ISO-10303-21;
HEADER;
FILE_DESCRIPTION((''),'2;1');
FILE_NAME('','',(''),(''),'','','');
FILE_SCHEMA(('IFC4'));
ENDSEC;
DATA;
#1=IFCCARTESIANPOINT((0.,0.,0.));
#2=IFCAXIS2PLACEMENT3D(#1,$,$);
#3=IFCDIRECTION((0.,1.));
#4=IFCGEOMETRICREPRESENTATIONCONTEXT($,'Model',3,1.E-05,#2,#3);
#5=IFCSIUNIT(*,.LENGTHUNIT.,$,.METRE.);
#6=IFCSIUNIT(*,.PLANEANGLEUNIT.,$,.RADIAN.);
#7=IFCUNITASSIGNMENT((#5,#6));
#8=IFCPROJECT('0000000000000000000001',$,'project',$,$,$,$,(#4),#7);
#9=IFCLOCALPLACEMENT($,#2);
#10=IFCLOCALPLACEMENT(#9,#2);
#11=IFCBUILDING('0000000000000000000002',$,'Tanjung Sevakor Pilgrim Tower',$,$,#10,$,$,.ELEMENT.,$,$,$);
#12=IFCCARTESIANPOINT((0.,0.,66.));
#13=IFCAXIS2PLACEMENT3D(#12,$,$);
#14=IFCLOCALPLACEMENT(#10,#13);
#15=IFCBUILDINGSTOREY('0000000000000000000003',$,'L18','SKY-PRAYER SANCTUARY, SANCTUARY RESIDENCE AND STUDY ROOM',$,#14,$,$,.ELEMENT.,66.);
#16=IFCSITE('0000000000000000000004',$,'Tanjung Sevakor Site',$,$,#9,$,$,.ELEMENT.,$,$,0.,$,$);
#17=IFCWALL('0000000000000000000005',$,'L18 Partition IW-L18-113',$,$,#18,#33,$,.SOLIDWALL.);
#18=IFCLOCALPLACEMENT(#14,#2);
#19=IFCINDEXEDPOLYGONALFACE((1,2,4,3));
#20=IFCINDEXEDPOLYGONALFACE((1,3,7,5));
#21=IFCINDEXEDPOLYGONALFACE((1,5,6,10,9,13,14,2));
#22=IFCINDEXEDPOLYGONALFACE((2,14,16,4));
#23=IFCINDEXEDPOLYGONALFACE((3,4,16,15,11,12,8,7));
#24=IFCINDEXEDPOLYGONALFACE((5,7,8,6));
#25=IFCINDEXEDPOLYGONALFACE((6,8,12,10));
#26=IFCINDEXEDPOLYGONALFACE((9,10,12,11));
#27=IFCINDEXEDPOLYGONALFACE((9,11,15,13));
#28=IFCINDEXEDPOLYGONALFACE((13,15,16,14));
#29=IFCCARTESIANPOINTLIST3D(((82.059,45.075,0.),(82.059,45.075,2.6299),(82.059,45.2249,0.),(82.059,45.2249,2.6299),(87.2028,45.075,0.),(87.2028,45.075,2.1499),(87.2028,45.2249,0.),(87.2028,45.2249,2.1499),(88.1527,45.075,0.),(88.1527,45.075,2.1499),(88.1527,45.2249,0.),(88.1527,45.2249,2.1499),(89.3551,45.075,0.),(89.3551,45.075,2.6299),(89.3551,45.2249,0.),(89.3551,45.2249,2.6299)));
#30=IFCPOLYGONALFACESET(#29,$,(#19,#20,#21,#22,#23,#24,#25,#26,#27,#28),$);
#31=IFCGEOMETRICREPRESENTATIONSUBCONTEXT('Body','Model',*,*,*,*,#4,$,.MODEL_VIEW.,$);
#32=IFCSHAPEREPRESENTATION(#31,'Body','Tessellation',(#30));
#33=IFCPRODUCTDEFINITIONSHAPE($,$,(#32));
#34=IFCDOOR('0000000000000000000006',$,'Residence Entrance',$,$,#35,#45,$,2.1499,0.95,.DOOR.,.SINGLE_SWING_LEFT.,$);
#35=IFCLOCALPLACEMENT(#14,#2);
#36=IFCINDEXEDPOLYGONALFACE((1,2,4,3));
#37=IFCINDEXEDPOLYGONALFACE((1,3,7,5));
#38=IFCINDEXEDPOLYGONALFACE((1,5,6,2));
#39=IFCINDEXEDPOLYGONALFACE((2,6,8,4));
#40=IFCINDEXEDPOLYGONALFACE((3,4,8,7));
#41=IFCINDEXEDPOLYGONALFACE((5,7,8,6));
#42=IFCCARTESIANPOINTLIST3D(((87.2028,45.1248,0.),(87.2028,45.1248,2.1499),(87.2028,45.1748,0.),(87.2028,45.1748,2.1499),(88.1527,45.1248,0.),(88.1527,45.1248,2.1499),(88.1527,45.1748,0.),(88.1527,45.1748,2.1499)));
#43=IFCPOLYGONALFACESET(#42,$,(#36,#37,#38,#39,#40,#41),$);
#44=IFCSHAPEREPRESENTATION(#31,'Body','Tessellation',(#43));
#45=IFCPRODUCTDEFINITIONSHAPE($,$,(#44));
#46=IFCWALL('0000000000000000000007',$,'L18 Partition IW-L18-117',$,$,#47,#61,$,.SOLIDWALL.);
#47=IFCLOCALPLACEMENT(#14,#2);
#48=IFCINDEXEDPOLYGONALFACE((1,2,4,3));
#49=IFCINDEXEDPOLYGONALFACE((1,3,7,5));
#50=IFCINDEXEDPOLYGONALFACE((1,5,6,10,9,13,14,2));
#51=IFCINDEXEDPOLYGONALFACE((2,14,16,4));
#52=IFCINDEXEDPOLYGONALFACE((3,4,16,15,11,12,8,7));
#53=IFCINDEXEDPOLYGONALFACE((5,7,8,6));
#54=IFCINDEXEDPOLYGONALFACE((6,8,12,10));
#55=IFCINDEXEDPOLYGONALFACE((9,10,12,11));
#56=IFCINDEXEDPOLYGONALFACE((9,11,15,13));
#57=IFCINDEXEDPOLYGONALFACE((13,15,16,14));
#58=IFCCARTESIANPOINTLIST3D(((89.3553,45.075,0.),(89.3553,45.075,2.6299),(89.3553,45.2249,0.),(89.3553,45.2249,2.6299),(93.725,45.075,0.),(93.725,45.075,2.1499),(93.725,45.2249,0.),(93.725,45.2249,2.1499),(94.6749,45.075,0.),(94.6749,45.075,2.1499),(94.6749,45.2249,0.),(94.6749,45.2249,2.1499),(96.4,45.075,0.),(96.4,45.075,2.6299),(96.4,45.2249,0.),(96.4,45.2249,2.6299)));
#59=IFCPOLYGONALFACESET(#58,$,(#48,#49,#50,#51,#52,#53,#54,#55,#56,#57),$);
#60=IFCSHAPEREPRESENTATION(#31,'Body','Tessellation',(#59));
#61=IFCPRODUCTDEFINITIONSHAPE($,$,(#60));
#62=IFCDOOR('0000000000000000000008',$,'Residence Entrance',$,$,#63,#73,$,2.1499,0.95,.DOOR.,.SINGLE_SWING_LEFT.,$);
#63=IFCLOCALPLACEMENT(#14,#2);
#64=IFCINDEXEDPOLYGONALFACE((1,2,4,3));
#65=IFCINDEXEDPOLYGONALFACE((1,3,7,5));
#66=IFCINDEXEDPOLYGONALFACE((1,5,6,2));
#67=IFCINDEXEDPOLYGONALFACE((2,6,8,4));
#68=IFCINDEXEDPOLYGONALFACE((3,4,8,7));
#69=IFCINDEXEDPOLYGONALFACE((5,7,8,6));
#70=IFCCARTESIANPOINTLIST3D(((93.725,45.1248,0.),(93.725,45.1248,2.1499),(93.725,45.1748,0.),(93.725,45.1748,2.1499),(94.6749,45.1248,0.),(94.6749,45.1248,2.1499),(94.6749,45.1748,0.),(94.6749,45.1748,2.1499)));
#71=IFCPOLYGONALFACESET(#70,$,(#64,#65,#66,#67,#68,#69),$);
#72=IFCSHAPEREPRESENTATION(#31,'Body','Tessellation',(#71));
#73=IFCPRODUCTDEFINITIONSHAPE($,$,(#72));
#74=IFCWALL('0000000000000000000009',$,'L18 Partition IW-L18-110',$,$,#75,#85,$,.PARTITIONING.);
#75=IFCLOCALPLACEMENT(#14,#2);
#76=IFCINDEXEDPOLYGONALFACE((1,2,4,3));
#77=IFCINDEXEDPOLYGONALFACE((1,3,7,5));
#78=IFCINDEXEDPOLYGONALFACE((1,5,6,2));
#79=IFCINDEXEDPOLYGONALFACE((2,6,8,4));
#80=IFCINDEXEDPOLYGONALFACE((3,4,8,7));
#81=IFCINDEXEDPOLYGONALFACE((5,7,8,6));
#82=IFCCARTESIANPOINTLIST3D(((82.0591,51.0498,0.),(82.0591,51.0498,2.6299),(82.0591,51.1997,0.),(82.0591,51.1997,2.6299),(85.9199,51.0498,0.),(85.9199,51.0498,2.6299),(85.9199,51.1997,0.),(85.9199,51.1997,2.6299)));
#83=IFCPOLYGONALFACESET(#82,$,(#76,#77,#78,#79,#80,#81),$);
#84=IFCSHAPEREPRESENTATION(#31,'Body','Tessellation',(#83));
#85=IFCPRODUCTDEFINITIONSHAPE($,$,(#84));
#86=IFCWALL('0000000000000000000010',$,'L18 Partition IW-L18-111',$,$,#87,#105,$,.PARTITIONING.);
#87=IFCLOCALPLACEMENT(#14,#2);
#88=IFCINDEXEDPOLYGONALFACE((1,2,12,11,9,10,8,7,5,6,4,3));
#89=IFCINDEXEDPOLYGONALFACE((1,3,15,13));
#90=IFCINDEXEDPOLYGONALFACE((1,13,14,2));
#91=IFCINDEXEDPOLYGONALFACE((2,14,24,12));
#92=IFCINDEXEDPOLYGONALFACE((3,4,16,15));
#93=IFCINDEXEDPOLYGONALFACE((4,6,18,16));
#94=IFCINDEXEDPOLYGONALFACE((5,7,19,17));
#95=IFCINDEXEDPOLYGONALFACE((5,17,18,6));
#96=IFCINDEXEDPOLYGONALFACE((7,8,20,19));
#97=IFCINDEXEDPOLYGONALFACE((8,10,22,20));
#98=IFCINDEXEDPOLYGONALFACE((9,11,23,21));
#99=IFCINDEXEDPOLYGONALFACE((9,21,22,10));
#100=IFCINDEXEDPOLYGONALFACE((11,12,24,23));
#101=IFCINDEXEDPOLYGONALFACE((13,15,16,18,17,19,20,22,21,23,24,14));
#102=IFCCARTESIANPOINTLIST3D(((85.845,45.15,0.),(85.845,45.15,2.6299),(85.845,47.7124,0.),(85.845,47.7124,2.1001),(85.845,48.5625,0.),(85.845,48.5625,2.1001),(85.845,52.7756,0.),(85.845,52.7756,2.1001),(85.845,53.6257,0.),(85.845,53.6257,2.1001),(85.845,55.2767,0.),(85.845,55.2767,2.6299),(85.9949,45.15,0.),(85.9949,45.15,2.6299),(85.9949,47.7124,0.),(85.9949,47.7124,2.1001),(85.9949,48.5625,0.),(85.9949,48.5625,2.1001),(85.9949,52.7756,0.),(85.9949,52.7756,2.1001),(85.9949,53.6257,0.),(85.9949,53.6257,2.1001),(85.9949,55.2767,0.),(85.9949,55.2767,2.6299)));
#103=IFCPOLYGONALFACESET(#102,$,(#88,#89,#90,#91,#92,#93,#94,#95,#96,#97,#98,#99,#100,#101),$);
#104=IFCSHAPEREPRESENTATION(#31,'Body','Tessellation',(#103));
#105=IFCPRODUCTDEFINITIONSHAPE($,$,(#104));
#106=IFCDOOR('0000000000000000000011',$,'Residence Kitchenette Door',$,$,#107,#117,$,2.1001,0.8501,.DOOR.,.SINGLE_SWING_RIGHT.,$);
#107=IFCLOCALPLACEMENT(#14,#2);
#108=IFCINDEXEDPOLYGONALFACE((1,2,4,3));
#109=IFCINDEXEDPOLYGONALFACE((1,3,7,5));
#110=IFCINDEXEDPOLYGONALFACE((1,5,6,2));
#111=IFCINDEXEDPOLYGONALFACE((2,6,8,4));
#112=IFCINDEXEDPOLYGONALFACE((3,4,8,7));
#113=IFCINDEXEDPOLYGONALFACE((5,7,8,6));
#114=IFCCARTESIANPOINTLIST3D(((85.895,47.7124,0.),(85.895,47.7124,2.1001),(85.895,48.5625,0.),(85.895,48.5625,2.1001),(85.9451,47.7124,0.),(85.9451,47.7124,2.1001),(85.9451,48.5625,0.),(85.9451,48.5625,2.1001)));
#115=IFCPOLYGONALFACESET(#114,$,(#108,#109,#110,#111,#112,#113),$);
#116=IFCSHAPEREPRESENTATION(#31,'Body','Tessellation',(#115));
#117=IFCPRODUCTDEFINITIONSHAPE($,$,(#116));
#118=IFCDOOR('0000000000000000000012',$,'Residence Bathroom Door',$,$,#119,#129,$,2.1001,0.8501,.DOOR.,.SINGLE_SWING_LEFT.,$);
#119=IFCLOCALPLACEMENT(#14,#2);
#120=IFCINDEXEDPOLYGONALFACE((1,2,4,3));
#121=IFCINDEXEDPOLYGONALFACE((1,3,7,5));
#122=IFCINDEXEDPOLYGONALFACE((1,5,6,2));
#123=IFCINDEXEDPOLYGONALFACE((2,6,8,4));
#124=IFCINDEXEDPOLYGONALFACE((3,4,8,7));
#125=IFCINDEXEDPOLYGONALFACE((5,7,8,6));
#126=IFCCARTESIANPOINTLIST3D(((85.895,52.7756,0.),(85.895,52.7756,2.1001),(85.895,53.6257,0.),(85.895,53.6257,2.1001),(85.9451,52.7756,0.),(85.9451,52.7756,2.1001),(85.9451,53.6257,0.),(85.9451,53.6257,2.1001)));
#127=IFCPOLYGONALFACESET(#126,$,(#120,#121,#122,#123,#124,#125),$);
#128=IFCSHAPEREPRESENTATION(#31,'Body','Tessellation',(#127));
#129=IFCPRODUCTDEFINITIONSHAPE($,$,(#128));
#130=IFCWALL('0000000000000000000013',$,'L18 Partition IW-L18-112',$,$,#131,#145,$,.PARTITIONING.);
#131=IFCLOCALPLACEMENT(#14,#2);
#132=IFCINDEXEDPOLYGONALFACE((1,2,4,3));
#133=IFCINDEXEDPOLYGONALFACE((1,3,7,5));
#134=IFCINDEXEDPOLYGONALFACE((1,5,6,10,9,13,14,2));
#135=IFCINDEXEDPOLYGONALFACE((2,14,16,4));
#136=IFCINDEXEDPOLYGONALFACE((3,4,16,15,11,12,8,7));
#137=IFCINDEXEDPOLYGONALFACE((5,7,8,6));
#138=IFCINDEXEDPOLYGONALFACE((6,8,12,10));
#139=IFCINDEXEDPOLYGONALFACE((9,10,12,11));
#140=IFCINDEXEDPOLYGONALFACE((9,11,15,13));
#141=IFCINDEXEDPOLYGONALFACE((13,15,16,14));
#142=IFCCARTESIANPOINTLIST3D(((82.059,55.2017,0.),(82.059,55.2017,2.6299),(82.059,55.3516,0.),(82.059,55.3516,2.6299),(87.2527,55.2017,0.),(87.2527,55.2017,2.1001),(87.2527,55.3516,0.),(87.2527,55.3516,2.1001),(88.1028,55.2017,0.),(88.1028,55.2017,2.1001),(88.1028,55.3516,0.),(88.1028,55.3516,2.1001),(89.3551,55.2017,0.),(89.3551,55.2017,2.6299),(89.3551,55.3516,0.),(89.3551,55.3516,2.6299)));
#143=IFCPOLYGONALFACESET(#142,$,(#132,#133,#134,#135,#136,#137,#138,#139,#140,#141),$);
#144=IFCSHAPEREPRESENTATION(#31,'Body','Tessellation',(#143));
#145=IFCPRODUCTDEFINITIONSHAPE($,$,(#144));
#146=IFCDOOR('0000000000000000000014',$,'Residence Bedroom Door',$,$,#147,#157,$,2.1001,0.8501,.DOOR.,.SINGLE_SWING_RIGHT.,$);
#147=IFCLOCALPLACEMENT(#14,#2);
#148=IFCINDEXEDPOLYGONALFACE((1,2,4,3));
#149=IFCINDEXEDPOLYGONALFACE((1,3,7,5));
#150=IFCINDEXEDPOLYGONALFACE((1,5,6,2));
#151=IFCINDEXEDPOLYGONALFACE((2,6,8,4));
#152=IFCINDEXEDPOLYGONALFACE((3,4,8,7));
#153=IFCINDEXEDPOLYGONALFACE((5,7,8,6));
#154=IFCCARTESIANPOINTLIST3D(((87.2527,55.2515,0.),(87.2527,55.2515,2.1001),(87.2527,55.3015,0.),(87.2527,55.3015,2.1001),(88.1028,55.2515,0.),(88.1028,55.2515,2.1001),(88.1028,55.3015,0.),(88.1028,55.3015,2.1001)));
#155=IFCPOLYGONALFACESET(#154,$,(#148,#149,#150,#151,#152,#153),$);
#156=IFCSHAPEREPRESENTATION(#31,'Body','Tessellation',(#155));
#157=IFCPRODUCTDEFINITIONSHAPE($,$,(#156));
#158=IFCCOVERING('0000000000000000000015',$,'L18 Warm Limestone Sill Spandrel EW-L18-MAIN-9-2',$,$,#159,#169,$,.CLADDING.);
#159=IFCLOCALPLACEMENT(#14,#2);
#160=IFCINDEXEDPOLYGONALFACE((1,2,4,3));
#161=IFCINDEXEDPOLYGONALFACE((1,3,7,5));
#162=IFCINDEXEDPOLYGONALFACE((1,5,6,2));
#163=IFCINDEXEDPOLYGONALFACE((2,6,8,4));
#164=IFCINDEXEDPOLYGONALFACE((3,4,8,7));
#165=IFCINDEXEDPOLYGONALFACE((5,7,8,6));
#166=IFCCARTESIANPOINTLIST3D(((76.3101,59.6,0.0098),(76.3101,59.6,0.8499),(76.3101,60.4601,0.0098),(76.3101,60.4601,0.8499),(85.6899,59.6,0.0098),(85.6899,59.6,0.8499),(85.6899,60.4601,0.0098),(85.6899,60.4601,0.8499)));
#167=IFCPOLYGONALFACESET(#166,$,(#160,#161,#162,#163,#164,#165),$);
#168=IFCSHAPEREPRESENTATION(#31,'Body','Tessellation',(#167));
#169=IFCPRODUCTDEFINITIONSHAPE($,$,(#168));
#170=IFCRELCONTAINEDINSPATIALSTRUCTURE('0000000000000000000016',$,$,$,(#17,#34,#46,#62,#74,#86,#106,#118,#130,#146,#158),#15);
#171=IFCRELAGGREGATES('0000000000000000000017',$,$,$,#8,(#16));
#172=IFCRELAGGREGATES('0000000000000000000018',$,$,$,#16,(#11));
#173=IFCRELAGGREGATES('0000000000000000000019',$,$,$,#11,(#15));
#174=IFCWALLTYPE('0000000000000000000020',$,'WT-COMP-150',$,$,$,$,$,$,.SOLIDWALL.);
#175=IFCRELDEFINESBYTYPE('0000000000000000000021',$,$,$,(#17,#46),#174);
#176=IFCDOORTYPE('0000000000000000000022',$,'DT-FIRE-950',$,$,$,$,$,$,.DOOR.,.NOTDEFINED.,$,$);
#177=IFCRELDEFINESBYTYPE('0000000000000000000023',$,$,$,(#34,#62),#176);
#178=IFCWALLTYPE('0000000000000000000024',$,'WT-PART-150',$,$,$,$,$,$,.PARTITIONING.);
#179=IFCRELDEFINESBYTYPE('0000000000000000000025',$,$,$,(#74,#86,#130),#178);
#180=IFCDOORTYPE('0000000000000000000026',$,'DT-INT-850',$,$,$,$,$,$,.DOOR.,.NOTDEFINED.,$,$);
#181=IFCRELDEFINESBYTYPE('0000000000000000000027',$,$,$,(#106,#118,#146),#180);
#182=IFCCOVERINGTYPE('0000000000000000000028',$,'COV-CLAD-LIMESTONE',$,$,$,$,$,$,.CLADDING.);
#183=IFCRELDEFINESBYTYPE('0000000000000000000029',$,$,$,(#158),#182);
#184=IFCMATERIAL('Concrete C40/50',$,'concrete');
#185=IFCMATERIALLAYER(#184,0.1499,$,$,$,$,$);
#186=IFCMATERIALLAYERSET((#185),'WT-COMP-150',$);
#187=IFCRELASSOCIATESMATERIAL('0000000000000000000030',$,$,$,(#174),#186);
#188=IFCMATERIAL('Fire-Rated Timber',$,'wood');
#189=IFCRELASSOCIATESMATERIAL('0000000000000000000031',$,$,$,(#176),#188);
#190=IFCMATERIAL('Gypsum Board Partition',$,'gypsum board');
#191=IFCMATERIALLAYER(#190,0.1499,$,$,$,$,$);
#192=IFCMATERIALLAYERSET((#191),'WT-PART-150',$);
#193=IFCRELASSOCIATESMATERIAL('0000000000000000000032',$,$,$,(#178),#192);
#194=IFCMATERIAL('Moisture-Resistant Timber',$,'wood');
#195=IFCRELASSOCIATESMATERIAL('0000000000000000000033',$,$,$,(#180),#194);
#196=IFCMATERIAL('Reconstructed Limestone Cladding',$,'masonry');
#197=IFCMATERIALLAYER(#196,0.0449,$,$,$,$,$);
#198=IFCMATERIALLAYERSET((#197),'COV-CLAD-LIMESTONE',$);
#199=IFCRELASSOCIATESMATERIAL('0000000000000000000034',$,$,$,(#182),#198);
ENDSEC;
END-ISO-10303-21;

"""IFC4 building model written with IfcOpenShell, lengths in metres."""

from ifc_helpers import new_model, si_unit, direction, frame, frame_2d, origin, origin_2d, place, context, subcontext, project, spatial, rectangle, extrude, material, layer, layer_set, type_object, element, fill, save


model = new_model("IFC4")

# Units and contexts
model_context = context("Model", 3, precision=1e-05, world=origin(), true_north=direction((0.0, 1.0)))
body_context = subcontext(model_context, "Body", "Model", "MODEL_VIEW")
ifc_project = project(units=[si_unit("LENGTHUNIT", "METRE"), si_unit("PLANEANGLEUNIT", "RADIAN")], contexts=[model_context])

# Site, building, storey
site_placement = place(None, origin())
site = spatial("IfcSite", under=ifc_project, at=site_placement, Name="Tanjung Sevakor Site", CompositionType="ELEMENT", RefElevation=0.0)
building_placement = place(site_placement, origin())
building = spatial("IfcBuilding", under=site, at=building_placement, Name="Tanjung Sevakor Pilgrim Tower", CompositionType="ELEMENT")
storey_placement = place(building_placement, frame((0.0, 0.0, 66.0)))
storey = spatial("IfcBuildingStorey", under=building, at=storey_placement, Name="L18", Description="SKY-PRAYER SANCTUARY, SANCTUARY RESIDENCE AND STUDY ROOM", CompositionType="ELEMENT", Elevation=66.0)

# Shared definitions
ifc_material_1 = material(Name="Concrete C40/50", Category="concrete")
ifc_layer_1 = layer(ifc_material_1, 0.1499)
ifc_layer_set_1 = layer_set([ifc_layer_1], Name="WT-COMP-150")
wall_type_1 = type_object("IfcWallType", Name="WT-COMP-150", PredefinedType="SOLIDWALL", material=ifc_layer_set_1)

# Walls, openings, doors
wall_1_placement = place(storey_placement, frame((82.0591, 45.1499, 0.0), z_axis=(0.0, 0.0, 1.0), x_axis=(1.0, 0.0, 0.0)))
wall_1 = element("IfcWall", 1, at=wall_1_placement, inside=storey, type_object=wall_type_1, Name="L18 Partition IW-L18-113", PredefinedType="SOLIDWALL", context=body_context, shape_type="SweptSolid", body=[
    extrude(rectangle(XDim=7.2961, YDim=0.1499, at=frame_2d((3.6479, 0.0))), origin(), (0.0, 0.0, 1.0), 2.6299),
])
opening_1_placement = place(wall_1_placement, frame((5.1436, 0.0, 0.0)))
opening_1 = element("IfcOpeningElement", 2, at=opening_1_placement, cuts=wall_1, PredefinedType="OPENING", context=body_context, shape_type="SweptSolid", body=[
    extrude(rectangle(XDim=0.95, YDim=2.1499, at=frame_2d((0.4751, 1.075))), frame((0.0, 0.085, 0.0), z_axis=(0.0, -1.0, 0.0), x_axis=(1.0, 0.0, 0.0)), (0.0, 0.0, 1.0), 0.1699),
])
ifc_material_2 = material(Name="Fire-Rated Timber", Category="wood")
door_type_1 = type_object("IfcDoorType", Name="DT-FIRE-950", OperationType="NOTDEFINED", PredefinedType="DOOR", material=ifc_material_2)
door_1_placement = place(opening_1_placement, origin())
door_1 = element("IfcDoor", 3, at=door_1_placement, inside=storey, type_object=door_type_1, Name="Residence Entrance", OperationType="SINGLE_SWING_LEFT", OverallHeight=2.1499, OverallWidth=0.95, PredefinedType="DOOR", context=body_context, shape_type="SweptSolid", body=[
    extrude(rectangle(XDim=0.95, YDim=2.1499, at=frame_2d((0.4751, 1.075))), frame((0.0, 0.0249, 0.0), z_axis=(0.0, -1.0, 0.0), x_axis=(1.0, 0.0, 0.0)), (0.0, 0.0, 1.0), 0.05),
])
fill(opening_1, door_1)
wall_2_placement = place(storey_placement, frame((89.3552, 45.1499, 0.0), z_axis=(0.0, 0.0, 1.0), x_axis=(1.0, 0.0, 0.0)))
wall_2 = element("IfcWall", 4, at=wall_2_placement, inside=storey, type_object=wall_type_1, Name="L18 Partition IW-L18-117", PredefinedType="SOLIDWALL", context=body_context, shape_type="SweptSolid", body=[
    extrude(rectangle(XDim=7.0447, YDim=0.1499, at=frame_2d((3.5225, 0.0))), origin(), (0.0, 0.0, 1.0), 2.6299),
])
opening_2_placement = place(wall_2_placement, frame((4.3696, 0.0, 0.0)))
opening_2 = element("IfcOpeningElement", 5, at=opening_2_placement, cuts=wall_2, PredefinedType="OPENING", context=body_context, shape_type="SweptSolid", body=[
    extrude(rectangle(XDim=0.95, YDim=2.1499, at=frame_2d((0.4751, 1.075))), frame((0.0, 0.085, 0.0), z_axis=(0.0, -1.0, 0.0), x_axis=(1.0, 0.0, 0.0)), (0.0, 0.0, 1.0), 0.1699),
])
door_2_placement = place(opening_2_placement, origin())
door_2 = element("IfcDoor", 6, at=door_2_placement, inside=storey, type_object=door_type_1, Name="Residence Entrance", OperationType="SINGLE_SWING_LEFT", OverallHeight=2.1499, OverallWidth=0.95, PredefinedType="DOOR", context=body_context, shape_type="SweptSolid", body=[
    extrude(rectangle(XDim=0.95, YDim=2.1499, at=frame_2d((0.4751, 1.075))), frame((0.0, 0.0249, 0.0), z_axis=(0.0, -1.0, 0.0), x_axis=(1.0, 0.0, 0.0)), (0.0, 0.0, 1.0), 0.05),
])
fill(opening_2, door_2)

# Wall
ifc_material_3 = material(Name="Gypsum Board Partition", Category="gypsum board")
ifc_layer_2 = layer(ifc_material_3, 0.1499)
ifc_layer_set_2 = layer_set([ifc_layer_2], Name="WT-PART-150")
wall_type_2 = type_object("IfcWallType", Name="WT-PART-150", PredefinedType="PARTITIONING", material=ifc_layer_set_2)
wall_3_placement = place(storey_placement, frame((82.0591, 51.1248, 0.0), z_axis=(0.0, 0.0, 1.0), x_axis=(1.0, 0.0, 0.0)))
element("IfcWall", 7, at=wall_3_placement, inside=storey, type_object=wall_type_2, Name="L18 Partition IW-L18-110", PredefinedType="PARTITIONING", context=body_context, shape_type="SweptSolid", body=[
    extrude(rectangle(XDim=3.8608, YDim=0.1499, at=frame_2d((1.9304, 0.0))), origin(), (0.0, 0.0, 1.0), 2.6299),
])

# Wall, openings, doors
wall_4_placement = place(storey_placement, frame((85.9199, 45.1499, 0.0), z_axis=(0.0, 0.0, 1.0), x_axis=(0.0, 1.0, 0.0)))
wall_4 = element("IfcWall", 8, at=wall_4_placement, inside=storey, type_object=wall_type_2, Name="L18 Partition IW-L18-111", PredefinedType="PARTITIONING", context=body_context, shape_type="SweptSolid", body=[
    extrude(rectangle(XDim=10.1267, YDim=0.1499, at=frame_2d((5.0635, 0.0))), origin(), (0.0, 0.0, 1.0), 2.6299),
])
opening_3_placement = place(wall_4_placement, frame((2.5625, 0.0, 0.0)))
opening_3 = element("IfcOpeningElement", 9, at=opening_3_placement, cuts=wall_4, PredefinedType="OPENING", context=body_context, shape_type="SweptSolid", body=[
    extrude(rectangle(XDim=0.8501, YDim=2.1001, at=frame_2d((0.425, 1.05))), frame((0.0, 0.085, 0.0), z_axis=(0.0, -1.0, 0.0), x_axis=(1.0, 0.0, 0.0)), (0.0, 0.0, 1.0), 0.1699),
])
opening_4_placement = place(wall_4_placement, frame((7.6257, 0.0, 0.0)))
opening_4 = element("IfcOpeningElement", 10, at=opening_4_placement, cuts=wall_4, PredefinedType="OPENING", context=body_context, shape_type="SweptSolid", body=[
    extrude(rectangle(XDim=0.8501, YDim=2.1001, at=frame_2d((0.425, 1.05))), frame((0.0, 0.085, 0.0), z_axis=(0.0, -1.0, 0.0), x_axis=(1.0, 0.0, 0.0)), (0.0, 0.0, 1.0), 0.1699),
])
ifc_material_4 = material(Name="Moisture-Resistant Timber", Category="wood")
door_type_2 = type_object("IfcDoorType", Name="DT-INT-850", OperationType="NOTDEFINED", PredefinedType="DOOR", material=ifc_material_4)
door_3_placement = place(opening_3_placement, origin())
door_3 = element("IfcDoor", 11, at=door_3_placement, inside=storey, type_object=door_type_2, Name="Residence Kitchenette Door", OperationType="SINGLE_SWING_RIGHT", OverallHeight=2.1001, OverallWidth=0.8501, PredefinedType="DOOR", context=body_context, shape_type="SweptSolid", body=[
    extrude(rectangle(XDim=0.8501, YDim=2.1001, at=frame_2d((0.425, 1.05))), frame((0.0, 0.0249, 0.0), z_axis=(0.0, -1.0, 0.0), x_axis=(1.0, 0.0, 0.0)), (0.0, 0.0, 1.0), 0.05),
])
fill(opening_3, door_3)
door_4_placement = place(opening_4_placement, origin())
door_4 = element("IfcDoor", 12, at=door_4_placement, inside=storey, type_object=door_type_2, Name="Residence Bathroom Door", OperationType="SINGLE_SWING_LEFT", OverallHeight=2.1001, OverallWidth=0.8501, PredefinedType="DOOR", context=body_context, shape_type="SweptSolid", body=[
    extrude(rectangle(XDim=0.8501, YDim=2.1001, at=frame_2d((0.425, 1.05))), frame((0.0, 0.0249, 0.0), z_axis=(0.0, -1.0, 0.0), x_axis=(1.0, 0.0, 0.0)), (0.0, 0.0, 1.0), 0.05),
])
fill(opening_4, door_4)

# Wall, opening, door
wall_5_placement = place(storey_placement, frame((82.0591, 55.2766, 0.0), z_axis=(0.0, 0.0, 1.0), x_axis=(1.0, 0.0, 0.0)))
wall_5 = element("IfcWall", 13, at=wall_5_placement, inside=storey, type_object=wall_type_2, Name="L18 Partition IW-L18-112", PredefinedType="PARTITIONING", context=body_context, shape_type="SweptSolid", body=[
    extrude(rectangle(XDim=7.2961, YDim=0.1499, at=frame_2d((3.6479, 0.0))), origin(), (0.0, 0.0, 1.0), 2.6299),
])
opening_5_placement = place(wall_5_placement, frame((5.1936, 0.0, 0.0)))
opening_5 = element("IfcOpeningElement", 14, at=opening_5_placement, cuts=wall_5, PredefinedType="OPENING", context=body_context, shape_type="SweptSolid", body=[
    extrude(rectangle(XDim=0.8501, YDim=2.1001, at=frame_2d((0.425, 1.05))), frame((0.0, 0.085, 0.0), z_axis=(0.0, -1.0, 0.0), x_axis=(1.0, 0.0, 0.0)), (0.0, 0.0, 1.0), 0.1699),
])
door_5_placement = place(opening_5_placement, origin())
door_5 = element("IfcDoor", 15, at=door_5_placement, inside=storey, type_object=door_type_2, Name="Residence Bedroom Door", OperationType="SINGLE_SWING_RIGHT", OverallHeight=2.1001, OverallWidth=0.8501, PredefinedType="DOOR", context=body_context, shape_type="SweptSolid", body=[
    extrude(rectangle(XDim=0.8501, YDim=2.1001, at=frame_2d((0.425, 1.05))), frame((0.0, 0.0249, 0.0), z_axis=(0.0, -1.0, 0.0), x_axis=(1.0, 0.0, 0.0)), (0.0, 0.0, 1.0), 0.05),
])
fill(opening_5, door_5)

# Covering
ifc_material_5 = material(Name="Reconstructed Limestone Cladding", Category="masonry")
ifc_layer_3 = layer(ifc_material_5, 0.0449)
ifc_layer_set_3 = layer_set([ifc_layer_3], Name="COV-CLAD-LIMESTONE")
covering_type = type_object("IfcCoveringType", Name="COV-CLAD-LIMESTONE", PredefinedType="CLADDING", material=ifc_layer_set_3)
covering_placement = place(storey_placement, frame((81.0, 60.03, 0.0098), z_axis=(0.0, 0.0, 1.0), x_axis=(-1.0, 0.0, 0.0)))
element("IfcCovering", 16, at=covering_placement, inside=storey, type_object=covering_type, Name="L18 Warm Limestone Sill Spandrel EW-L18-MAIN-9-2", PredefinedType="CLADDING", context=body_context, shape_type="SweptSolid", body=[
    extrude(rectangle(XDim=9.3799, YDim=0.8601, at=origin_2d()), origin(), (0.0, 0.0, 1.0), 0.8401),
])

save(model, "model.ifc")
